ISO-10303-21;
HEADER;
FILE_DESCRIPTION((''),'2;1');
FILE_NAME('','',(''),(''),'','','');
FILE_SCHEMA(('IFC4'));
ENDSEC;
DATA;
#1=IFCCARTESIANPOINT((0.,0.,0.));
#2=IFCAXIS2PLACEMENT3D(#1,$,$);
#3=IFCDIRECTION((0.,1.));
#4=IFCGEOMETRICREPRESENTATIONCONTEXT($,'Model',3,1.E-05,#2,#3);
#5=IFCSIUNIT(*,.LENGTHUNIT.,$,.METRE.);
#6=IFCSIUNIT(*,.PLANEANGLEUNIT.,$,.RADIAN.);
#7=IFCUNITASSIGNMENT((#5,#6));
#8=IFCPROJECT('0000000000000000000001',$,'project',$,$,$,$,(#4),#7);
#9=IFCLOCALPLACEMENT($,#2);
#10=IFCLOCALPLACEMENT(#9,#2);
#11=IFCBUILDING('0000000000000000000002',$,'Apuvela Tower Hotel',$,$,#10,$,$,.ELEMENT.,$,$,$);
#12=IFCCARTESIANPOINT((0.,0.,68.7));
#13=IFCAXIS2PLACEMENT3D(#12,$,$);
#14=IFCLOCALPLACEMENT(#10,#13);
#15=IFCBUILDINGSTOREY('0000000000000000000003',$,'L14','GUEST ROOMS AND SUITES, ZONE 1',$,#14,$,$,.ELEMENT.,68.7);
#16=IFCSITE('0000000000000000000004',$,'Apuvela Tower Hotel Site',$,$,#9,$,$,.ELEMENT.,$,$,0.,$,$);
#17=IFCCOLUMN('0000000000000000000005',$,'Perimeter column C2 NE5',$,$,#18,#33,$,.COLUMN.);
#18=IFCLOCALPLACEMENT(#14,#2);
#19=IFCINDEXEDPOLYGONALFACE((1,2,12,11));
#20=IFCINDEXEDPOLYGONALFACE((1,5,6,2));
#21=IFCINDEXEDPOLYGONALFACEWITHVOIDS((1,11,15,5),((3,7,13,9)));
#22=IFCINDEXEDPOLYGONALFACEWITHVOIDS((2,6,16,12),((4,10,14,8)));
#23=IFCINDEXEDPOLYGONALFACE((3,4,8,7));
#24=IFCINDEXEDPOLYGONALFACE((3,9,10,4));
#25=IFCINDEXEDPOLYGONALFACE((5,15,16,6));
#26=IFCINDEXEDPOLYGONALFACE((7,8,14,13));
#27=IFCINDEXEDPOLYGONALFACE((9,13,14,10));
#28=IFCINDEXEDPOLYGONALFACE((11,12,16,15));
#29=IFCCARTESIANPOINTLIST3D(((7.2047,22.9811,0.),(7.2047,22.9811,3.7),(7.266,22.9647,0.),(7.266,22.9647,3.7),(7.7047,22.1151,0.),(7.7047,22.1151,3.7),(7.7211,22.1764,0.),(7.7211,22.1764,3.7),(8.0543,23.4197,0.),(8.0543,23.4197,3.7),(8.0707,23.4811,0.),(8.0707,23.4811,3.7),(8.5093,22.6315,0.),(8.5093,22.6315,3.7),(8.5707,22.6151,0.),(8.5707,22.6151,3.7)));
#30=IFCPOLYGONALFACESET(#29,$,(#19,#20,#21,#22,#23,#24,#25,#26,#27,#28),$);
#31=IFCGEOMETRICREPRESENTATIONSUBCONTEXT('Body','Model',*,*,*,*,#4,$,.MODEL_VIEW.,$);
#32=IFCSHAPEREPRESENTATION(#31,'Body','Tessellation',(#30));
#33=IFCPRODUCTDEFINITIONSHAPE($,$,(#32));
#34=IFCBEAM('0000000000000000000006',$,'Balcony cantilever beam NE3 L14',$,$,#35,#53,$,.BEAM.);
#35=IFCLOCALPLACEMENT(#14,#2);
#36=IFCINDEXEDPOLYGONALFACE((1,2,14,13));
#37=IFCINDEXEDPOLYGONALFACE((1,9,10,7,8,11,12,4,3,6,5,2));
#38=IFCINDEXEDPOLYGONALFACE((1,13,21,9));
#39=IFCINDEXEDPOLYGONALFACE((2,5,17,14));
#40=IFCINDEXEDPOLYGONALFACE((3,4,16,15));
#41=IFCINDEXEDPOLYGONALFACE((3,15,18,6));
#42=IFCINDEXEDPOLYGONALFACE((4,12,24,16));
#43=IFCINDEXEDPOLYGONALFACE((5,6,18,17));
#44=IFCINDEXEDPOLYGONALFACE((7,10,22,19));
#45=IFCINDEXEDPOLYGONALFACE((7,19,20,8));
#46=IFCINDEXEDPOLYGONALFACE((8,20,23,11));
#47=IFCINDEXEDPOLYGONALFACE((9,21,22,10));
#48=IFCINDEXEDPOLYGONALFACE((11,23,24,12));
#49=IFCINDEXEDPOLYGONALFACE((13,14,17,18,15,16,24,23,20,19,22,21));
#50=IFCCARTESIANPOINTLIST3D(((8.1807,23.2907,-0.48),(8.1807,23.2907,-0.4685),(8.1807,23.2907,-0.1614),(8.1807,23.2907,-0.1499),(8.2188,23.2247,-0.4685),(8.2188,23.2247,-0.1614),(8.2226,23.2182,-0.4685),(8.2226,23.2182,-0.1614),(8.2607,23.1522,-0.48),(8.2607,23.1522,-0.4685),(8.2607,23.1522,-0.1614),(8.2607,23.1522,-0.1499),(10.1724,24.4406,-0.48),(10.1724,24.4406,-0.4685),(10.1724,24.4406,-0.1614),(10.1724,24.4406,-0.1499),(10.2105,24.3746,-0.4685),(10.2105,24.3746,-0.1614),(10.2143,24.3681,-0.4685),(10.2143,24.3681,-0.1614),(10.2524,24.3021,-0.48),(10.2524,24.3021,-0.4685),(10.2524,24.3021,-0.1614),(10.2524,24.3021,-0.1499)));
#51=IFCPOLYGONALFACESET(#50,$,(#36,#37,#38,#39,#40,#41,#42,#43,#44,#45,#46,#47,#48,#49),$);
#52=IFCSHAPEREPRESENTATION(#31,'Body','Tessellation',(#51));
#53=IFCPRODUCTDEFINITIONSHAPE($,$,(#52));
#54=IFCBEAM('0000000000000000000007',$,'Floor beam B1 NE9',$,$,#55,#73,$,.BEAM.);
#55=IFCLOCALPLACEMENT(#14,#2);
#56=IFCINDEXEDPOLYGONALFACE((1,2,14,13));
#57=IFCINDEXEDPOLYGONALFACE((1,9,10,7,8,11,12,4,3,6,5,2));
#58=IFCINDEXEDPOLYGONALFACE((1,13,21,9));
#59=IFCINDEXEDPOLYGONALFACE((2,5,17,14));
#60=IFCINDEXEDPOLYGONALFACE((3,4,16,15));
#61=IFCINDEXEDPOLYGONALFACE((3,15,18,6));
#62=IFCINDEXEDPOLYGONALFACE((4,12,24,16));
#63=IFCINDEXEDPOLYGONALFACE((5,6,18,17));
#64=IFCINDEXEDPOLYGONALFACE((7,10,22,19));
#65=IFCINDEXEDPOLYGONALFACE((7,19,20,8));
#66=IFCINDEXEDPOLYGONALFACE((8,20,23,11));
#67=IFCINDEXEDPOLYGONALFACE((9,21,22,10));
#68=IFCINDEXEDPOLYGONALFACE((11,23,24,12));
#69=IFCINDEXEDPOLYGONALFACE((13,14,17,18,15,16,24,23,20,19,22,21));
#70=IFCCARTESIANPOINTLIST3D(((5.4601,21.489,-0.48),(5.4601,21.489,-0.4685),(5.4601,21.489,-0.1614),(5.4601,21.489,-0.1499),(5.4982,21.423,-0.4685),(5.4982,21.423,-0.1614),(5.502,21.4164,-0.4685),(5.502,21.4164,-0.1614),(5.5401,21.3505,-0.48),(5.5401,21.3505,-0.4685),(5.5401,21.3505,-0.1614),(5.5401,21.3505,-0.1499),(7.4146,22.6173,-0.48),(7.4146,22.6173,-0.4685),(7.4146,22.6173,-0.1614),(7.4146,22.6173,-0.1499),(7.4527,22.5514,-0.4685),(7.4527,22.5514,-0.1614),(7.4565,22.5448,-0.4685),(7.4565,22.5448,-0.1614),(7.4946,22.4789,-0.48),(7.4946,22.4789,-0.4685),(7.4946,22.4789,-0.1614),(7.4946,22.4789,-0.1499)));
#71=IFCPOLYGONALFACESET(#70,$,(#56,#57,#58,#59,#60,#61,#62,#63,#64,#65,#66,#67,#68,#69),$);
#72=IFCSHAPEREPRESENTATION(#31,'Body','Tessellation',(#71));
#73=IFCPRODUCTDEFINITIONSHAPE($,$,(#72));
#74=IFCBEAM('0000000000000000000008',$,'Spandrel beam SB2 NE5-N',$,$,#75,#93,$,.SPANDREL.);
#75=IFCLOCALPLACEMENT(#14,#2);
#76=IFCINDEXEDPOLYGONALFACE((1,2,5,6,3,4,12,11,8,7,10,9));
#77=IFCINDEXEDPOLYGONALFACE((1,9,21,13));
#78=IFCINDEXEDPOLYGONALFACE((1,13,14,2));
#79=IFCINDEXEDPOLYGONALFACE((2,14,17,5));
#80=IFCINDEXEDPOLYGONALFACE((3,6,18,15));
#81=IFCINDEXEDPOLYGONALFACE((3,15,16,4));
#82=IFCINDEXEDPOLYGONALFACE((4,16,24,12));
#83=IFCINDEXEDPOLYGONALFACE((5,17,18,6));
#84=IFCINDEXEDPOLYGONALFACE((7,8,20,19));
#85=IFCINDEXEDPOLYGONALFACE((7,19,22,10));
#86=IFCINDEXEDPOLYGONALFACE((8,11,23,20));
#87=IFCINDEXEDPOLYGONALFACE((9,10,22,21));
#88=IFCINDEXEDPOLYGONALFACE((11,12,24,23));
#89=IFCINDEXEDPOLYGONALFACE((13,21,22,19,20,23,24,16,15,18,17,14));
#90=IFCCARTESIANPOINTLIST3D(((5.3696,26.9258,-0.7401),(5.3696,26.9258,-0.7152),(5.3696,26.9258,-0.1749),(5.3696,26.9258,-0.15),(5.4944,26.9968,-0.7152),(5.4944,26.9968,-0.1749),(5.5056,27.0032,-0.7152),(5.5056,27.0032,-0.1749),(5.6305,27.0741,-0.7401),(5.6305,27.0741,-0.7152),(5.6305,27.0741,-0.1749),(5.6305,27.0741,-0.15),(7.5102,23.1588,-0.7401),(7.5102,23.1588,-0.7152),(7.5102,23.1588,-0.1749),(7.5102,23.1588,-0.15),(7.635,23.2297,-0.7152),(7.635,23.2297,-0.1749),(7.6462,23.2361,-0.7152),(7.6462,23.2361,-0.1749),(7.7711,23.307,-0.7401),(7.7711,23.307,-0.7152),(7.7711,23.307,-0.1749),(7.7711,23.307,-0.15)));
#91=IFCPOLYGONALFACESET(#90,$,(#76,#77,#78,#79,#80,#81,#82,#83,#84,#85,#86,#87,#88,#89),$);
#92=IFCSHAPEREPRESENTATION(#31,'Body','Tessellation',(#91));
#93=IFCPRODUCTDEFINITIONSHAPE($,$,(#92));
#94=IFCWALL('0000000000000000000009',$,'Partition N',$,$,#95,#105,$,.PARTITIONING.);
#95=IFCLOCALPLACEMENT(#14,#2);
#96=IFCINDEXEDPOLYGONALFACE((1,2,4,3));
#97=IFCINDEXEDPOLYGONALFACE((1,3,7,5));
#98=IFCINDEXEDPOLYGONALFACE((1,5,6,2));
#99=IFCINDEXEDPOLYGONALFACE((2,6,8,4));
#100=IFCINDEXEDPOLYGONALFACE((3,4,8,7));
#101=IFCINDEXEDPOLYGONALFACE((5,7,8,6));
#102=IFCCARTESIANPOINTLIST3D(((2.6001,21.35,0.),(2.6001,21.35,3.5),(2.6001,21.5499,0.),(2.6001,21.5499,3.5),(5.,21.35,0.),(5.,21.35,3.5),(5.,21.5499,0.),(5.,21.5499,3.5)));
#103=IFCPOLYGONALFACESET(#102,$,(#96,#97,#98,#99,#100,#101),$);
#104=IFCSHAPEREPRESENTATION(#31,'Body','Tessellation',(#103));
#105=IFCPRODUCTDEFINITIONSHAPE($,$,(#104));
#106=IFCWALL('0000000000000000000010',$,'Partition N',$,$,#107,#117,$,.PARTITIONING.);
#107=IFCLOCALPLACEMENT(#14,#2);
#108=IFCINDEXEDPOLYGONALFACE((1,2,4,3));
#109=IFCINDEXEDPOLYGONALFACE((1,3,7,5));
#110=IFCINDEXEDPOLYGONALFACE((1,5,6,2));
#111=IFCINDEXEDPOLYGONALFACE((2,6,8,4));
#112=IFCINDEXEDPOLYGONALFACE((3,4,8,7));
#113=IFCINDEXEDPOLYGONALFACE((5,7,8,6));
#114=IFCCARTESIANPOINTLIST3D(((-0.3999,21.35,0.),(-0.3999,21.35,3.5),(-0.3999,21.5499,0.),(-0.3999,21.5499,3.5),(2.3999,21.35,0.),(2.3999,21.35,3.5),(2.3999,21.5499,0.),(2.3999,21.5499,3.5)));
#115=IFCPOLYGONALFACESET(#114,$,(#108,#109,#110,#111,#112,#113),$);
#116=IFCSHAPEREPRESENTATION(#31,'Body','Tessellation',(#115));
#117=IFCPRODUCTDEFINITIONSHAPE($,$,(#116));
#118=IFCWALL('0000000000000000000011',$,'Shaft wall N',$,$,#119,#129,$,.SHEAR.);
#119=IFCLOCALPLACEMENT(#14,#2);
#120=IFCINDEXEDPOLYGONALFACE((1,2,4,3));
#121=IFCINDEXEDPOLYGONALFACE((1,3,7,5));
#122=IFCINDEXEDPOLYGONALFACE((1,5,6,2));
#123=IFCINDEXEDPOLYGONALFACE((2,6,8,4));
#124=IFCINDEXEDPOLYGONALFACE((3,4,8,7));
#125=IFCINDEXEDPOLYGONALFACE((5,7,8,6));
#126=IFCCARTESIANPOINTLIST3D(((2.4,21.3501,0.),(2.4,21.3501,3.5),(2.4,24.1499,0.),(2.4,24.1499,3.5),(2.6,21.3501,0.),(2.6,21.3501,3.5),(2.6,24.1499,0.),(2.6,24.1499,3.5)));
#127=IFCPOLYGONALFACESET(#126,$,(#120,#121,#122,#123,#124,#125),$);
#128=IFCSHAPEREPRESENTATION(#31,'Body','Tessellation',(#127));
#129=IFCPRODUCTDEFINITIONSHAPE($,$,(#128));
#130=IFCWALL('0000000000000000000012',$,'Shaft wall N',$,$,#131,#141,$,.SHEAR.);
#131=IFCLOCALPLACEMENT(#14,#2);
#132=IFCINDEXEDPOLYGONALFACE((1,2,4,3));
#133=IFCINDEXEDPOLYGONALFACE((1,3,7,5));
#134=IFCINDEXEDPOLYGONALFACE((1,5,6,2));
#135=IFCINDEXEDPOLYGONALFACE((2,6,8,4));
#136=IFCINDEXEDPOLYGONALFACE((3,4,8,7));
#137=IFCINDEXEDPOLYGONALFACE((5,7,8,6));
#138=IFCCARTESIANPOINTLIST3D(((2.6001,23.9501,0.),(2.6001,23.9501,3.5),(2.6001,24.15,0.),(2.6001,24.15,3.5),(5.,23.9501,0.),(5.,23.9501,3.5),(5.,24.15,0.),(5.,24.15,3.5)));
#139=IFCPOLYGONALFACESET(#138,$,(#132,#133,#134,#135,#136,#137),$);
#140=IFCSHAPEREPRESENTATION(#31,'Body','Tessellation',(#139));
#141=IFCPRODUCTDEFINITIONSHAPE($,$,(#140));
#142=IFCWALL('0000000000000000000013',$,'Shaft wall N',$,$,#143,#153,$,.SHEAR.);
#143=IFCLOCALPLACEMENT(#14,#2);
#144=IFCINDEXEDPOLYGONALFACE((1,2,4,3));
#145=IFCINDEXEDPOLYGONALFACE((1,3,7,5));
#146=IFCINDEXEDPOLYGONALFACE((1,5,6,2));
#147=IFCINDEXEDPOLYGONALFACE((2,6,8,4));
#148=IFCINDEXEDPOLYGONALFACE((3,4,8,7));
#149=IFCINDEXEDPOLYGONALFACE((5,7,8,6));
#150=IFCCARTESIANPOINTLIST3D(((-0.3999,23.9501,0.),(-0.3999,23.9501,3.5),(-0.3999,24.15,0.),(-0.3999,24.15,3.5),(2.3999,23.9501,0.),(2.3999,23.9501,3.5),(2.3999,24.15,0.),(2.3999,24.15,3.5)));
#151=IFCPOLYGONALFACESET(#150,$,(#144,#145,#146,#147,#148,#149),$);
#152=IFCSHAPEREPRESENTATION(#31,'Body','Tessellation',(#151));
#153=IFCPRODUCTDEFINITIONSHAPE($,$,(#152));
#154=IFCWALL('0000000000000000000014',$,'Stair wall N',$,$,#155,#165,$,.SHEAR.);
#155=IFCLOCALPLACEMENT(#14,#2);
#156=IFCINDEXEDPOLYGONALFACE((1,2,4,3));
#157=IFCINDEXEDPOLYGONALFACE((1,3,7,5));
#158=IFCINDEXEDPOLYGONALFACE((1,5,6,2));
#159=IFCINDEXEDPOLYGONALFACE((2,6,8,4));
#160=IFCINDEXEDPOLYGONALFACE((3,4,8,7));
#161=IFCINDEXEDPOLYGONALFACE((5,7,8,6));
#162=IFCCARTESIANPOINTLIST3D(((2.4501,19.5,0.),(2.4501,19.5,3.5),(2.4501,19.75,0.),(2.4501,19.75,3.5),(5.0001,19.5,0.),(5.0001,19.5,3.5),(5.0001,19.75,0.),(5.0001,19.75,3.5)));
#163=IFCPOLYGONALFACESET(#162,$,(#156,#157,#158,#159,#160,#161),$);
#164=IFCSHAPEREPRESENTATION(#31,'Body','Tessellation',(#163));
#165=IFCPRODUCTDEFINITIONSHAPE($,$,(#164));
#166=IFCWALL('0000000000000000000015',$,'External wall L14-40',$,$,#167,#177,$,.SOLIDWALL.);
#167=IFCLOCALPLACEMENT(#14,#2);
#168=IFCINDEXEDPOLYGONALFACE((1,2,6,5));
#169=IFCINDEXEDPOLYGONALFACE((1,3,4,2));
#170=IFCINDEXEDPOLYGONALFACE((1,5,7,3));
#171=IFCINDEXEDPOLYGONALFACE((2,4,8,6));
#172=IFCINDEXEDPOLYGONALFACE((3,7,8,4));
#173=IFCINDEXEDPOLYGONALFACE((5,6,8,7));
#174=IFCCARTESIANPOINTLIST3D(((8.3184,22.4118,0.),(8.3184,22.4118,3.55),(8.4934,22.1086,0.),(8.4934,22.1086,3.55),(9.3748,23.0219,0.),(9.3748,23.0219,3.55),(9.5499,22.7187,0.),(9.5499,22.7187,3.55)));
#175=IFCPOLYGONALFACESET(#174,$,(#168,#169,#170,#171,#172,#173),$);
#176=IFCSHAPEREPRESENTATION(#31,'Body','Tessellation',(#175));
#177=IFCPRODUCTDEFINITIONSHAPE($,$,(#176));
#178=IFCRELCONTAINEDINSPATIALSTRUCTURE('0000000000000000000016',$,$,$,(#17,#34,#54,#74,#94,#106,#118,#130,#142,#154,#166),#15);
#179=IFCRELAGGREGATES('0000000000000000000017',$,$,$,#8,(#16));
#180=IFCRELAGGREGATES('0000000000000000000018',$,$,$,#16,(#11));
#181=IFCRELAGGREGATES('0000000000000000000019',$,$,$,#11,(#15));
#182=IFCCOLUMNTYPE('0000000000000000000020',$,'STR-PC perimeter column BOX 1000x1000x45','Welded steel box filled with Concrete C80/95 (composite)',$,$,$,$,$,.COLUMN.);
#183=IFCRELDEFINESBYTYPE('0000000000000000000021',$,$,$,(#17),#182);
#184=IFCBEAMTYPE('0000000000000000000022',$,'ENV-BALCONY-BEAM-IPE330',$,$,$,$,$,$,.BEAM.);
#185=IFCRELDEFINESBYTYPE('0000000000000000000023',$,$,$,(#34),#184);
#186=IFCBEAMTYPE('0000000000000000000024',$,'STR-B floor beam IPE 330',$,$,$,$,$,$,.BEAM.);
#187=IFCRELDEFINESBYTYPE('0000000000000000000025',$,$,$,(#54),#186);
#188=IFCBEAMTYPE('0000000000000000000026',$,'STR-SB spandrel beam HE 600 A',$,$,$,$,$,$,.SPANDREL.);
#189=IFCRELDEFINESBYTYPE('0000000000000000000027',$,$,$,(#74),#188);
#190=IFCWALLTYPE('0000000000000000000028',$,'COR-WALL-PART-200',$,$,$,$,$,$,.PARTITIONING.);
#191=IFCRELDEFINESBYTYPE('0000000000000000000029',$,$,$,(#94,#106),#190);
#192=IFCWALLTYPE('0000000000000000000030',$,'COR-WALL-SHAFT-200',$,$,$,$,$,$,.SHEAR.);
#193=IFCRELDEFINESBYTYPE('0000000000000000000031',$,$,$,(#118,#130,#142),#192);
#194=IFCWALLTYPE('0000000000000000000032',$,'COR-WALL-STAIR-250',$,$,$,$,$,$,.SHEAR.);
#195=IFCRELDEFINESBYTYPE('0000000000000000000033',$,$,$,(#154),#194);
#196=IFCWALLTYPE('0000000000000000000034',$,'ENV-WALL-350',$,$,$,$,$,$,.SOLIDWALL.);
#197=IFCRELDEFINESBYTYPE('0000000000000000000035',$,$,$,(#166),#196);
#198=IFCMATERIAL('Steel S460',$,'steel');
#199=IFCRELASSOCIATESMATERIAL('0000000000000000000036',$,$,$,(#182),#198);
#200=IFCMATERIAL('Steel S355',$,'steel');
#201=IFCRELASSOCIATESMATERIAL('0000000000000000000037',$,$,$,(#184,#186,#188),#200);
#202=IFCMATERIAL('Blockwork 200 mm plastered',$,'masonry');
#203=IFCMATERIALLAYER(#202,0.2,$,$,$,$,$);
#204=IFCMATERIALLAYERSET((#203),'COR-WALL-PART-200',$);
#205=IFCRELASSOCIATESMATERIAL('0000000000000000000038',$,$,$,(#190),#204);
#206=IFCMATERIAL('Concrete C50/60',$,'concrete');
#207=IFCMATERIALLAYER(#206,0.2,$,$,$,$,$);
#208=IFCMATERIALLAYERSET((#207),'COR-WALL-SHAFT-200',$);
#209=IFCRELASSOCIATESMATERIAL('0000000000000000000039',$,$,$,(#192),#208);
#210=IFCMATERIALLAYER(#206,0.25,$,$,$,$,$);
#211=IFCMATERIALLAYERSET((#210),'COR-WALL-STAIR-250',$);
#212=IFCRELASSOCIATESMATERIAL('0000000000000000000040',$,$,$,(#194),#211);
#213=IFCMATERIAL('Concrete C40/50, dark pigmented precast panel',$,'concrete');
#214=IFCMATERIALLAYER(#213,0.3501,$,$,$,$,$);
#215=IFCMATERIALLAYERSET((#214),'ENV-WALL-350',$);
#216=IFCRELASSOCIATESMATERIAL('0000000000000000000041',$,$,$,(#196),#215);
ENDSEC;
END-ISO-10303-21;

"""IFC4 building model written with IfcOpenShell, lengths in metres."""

from ifc_helpers import new_model, si_unit, direction, frame, frame_2d, origin, origin_2d, place, context, subcontext, project, spatial, rectangle, hollow_rectangle, i_section, extrude, material, layer, layer_set, material_profile, profile_set, type_object, element, save


model = new_model("IFC4")

# Units and contexts
model_context = context("Model", 3, precision=1e-05, world=origin(), true_north=direction((0.0, 1.0)))
body_context = subcontext(model_context, "Body", "Model", "MODEL_VIEW")
ifc_project = project(units=[si_unit("LENGTHUNIT", "METRE"), si_unit("PLANEANGLEUNIT", "RADIAN")], contexts=[model_context])

# Site, building, storey
site_placement = place(None, origin())
site = spatial("IfcSite", under=ifc_project, at=site_placement, Name="Apuvela Tower Hotel Site", CompositionType="ELEMENT", RefElevation=0.0)
building_placement = place(site_placement, origin())
building = spatial("IfcBuilding", under=site, at=building_placement, Name="Apuvela Tower Hotel", CompositionType="ELEMENT")
storey_placement = place(building_placement, frame((0.0, 0.0, 68.7)))
storey = spatial("IfcBuildingStorey", under=building, at=storey_placement, Name="L14", Description="GUEST ROOMS AND SUITES, ZONE 1", CompositionType="ELEMENT", Elevation=68.7)

# Column
ifc_material_1 = material(Name="Steel S460", Category="steel")
ifc_material_profile_1 = material_profile(ifc_material_1, hollow_rectangle(XDim=1.0, YDim=1.0, WallThickness=0.0449, at=origin_2d()), Name="BOX 1000x1000x45")
ifc_material_2 = material(Name="Concrete C80/95", Category="concrete")
ifc_material_profile_2 = material_profile(ifc_material_2, rectangle(XDim=0.9099, YDim=0.9099, at=origin_2d()), Name="Concrete C80/95 infill")
ifc_profile_set_1 = profile_set([ifc_material_profile_1, ifc_material_profile_2], Name="Steel S460")
column_type = type_object("IfcColumnType", Name="STR-PC perimeter column BOX 1000x1000x45", Description="Welded steel box filled with Concrete C80/95 (composite)", PredefinedType="COLUMN", material=ifc_profile_set_1)
column_placement = place(storey_placement, frame((7.8877, 22.7981, 0.0), z_axis=(0.0, 0.0, 1.0), x_axis=(-0.5, 0.866025, 0.0)))
element("IfcColumn", 1, at=column_placement, inside=storey, type_object=column_type, Name="Perimeter column C2 NE5", PredefinedType="COLUMN", context=body_context, shape_type="SweptSolid", body=[
    extrude(hollow_rectangle(XDim=1.0, YDim=1.0, WallThickness=0.0449, at=origin_2d()), origin(), (0.0, 0.0, 1.0), 3.7),
])

# Beams
ifc_material_3 = material(Name="Steel S355", Category="steel")
ifc_material_profile_3 = material_profile(ifc_material_3, i_section(OverallWidth=0.1599, OverallDepth=0.3301, WebThickness=0.0076, FlangeThickness=0.0115, at=origin_2d()), Name="IPE 330")
ifc_profile_set_2 = profile_set([ifc_material_profile_3], Name="Steel S355")
beam_type_1 = type_object("IfcBeamType", Name="ENV-BALCONY-BEAM-IPE330", PredefinedType="BEAM", material=ifc_profile_set_2)
beam_1_placement = place(storey_placement, frame((8.2207, 23.2214, -0.3149), z_axis=(0.866026, 0.499998, 0.0), x_axis=(-0.499998, 0.866026, 0.0)))
element("IfcBeam", 2, at=beam_1_placement, inside=storey, type_object=beam_type_1, Name="Balcony cantilever beam NE3 L14", PredefinedType="BEAM", context=body_context, shape_type="SweptSolid", body=[
    extrude(i_section(OverallWidth=0.1599, OverallDepth=0.3301, WebThickness=0.0076, FlangeThickness=0.0115, at=origin_2d()), origin(), (0.0, 0.0, 1.0), 2.2998),
])
ifc_material_profile_4 = material_profile(ifc_material_3, i_section(OverallWidth=0.1599, OverallDepth=0.3301, WebThickness=0.0076, FlangeThickness=0.0115, at=origin_2d()), Name="IPE 330")
ifc_profile_set_3 = profile_set([ifc_material_profile_4], Name="Steel S355")
beam_type_2 = type_object("IfcBeamType", Name="STR-B floor beam IPE 330", PredefinedType="BEAM", material=ifc_profile_set_3)
beam_2_placement = place(storey_placement, frame((7.4546, 22.5481, -0.3149), z_axis=(-0.866038, -0.499978, 0.0), x_axis=(0.499978, -0.866038, 0.0)))
element("IfcBeam", 3, at=beam_2_placement, inside=storey, type_object=beam_type_2, Name="Floor beam B1 NE9", PredefinedType="BEAM", context=body_context, shape_type="SweptSolid", body=[
    extrude(i_section(OverallWidth=0.1599, OverallDepth=0.3301, WebThickness=0.0076, FlangeThickness=0.0115, at=origin_2d()), origin(), (0.0, 0.0, 1.0), 2.2568),
])
ifc_material_profile_5 = material_profile(ifc_material_3, i_section(OverallWidth=0.3, OverallDepth=0.5901, WebThickness=0.0129, FlangeThickness=0.0249, at=origin_2d()), Name="HE 600 A")
ifc_profile_set_4 = profile_set([ifc_material_profile_5], Name="Steel S355")
beam_type_3 = type_object("IfcBeamType", Name="STR-SB spandrel beam HE 600 A", PredefinedType="SPANDREL", material=ifc_profile_set_4)
beam_3_placement = place(storey_placement, frame((7.6406, 23.2329, -0.4451), z_axis=(-0.49405, 0.869433, 0.0), x_axis=(-0.869433, -0.49405, 0.0)))
element("IfcBeam", 4, at=beam_3_placement, inside=storey, type_object=beam_type_3, Name="Spandrel beam SB2 NE5-N", PredefinedType="SPANDREL", context=body_context, shape_type="SweptSolid", body=[
    extrude(i_section(OverallWidth=0.3, OverallDepth=0.5901, WebThickness=0.0129, FlangeThickness=0.0249, at=origin_2d()), origin(), (0.0, 0.0, 1.0), 4.3328),
])

# Walls
ifc_material_4 = material(Name="Blockwork 200 mm plastered", Category="masonry")
ifc_layer_1 = layer(ifc_material_4, 0.2)
ifc_layer_set_1 = layer_set([ifc_layer_1], Name="COR-WALL-PART-200")
wall_type_1 = type_object("IfcWallType", Name="COR-WALL-PART-200", PredefinedType="PARTITIONING", material=ifc_layer_set_1)
wall_1_placement = place(storey_placement, frame((5.0, 21.45, 0.0), z_axis=(0.0, 0.0, 1.0), x_axis=(-1.0, 0.0, 0.0)))
element("IfcWall", 5, at=wall_1_placement, inside=storey, type_object=wall_type_1, Name="Partition N", PredefinedType="PARTITIONING", context=body_context, shape_type="SweptSolid", body=[
    extrude(rectangle(XDim=2.3999, YDim=0.2, at=frame_2d((1.2, 0.0))), origin(), (0.0, 0.0, 1.0), 3.5),
])
wall_2_placement = place(storey_placement, frame((2.3999, 21.45, 0.0), z_axis=(0.0, 0.0, 1.0), x_axis=(-1.0, 0.0, 0.0)))
element("IfcWall", 6, at=wall_2_placement, inside=storey, type_object=wall_type_1, Name="Partition N", PredefinedType="PARTITIONING", context=body_context, shape_type="SweptSolid", body=[
    extrude(rectangle(XDim=2.7998, YDim=0.2, at=frame_2d((1.3999, 0.0))), origin(), (0.0, 0.0, 1.0), 3.5),
])
ifc_material_5 = material(Name="Concrete C50/60", Category="concrete")
ifc_layer_2 = layer(ifc_material_5, 0.2)
ifc_layer_set_2 = layer_set([ifc_layer_2], Name="COR-WALL-SHAFT-200")
wall_type_2 = type_object("IfcWallType", Name="COR-WALL-SHAFT-200", PredefinedType="SHEAR", material=ifc_layer_set_2)
wall_3_placement = place(storey_placement, frame((2.5, 21.3501, 0.0), z_axis=(0.0, 0.0, 1.0), x_axis=(0.0, 1.0, 0.0)))
element("IfcWall", 7, at=wall_3_placement, inside=storey, type_object=wall_type_2, Name="Shaft wall N", PredefinedType="SHEAR", context=body_context, shape_type="SweptSolid", body=[
    extrude(rectangle(XDim=2.7998, YDim=0.2, at=frame_2d((1.3999, 0.0))), origin(), (0.0, 0.0, 1.0), 3.5),
])
wall_4_placement = place(storey_placement, frame((5.0, 24.05, 0.0), z_axis=(0.0, 0.0, 1.0), x_axis=(-1.0, 0.0, 0.0)))
element("IfcWall", 8, at=wall_4_placement, inside=storey, type_object=wall_type_2, Name="Shaft wall N", PredefinedType="SHEAR", context=body_context, shape_type="SweptSolid", body=[
    extrude(rectangle(XDim=2.3999, YDim=0.2, at=frame_2d((1.2, 0.0))), origin(), (0.0, 0.0, 1.0), 3.5),
])
wall_5_placement = place(storey_placement, frame((2.3999, 24.05, 0.0), z_axis=(0.0, 0.0, 1.0), x_axis=(-1.0, 0.0, 0.0)))
element("IfcWall", 9, at=wall_5_placement, inside=storey, type_object=wall_type_2, Name="Shaft wall N", PredefinedType="SHEAR", context=body_context, shape_type="SweptSolid", body=[
    extrude(rectangle(XDim=2.7998, YDim=0.2, at=frame_2d((1.3999, 0.0))), origin(), (0.0, 0.0, 1.0), 3.5),
])
ifc_layer_3 = layer(ifc_material_5, 0.25)
ifc_layer_set_3 = layer_set([ifc_layer_3], Name="COR-WALL-STAIR-250")
wall_type_3 = type_object("IfcWallType", Name="COR-WALL-STAIR-250", PredefinedType="SHEAR", material=ifc_layer_set_3)
wall_6_placement = place(storey_placement, frame((5.0, 19.625, 0.0), z_axis=(0.0, 0.0, 1.0), x_axis=(-1.0, 0.0, 0.0)))
element("IfcWall", 10, at=wall_6_placement, inside=storey, type_object=wall_type_3, Name="Stair wall N", PredefinedType="SHEAR", context=body_context, shape_type="SweptSolid", body=[
    extrude(rectangle(XDim=2.55, YDim=0.25, at=frame_2d((1.2749, 0.0))), origin(), (0.0, 0.0, 1.0), 3.5),
])
ifc_material_6 = material(Name="Concrete C40/50, dark pigmented precast panel", Category="concrete")
ifc_layer_4 = layer(ifc_material_6, 0.3501)
ifc_layer_set_4 = layer_set([ifc_layer_4], Name="ENV-WALL-350")
wall_type_4 = type_object("IfcWallType", Name="ENV-WALL-350", PredefinedType="SOLIDWALL", material=ifc_layer_set_4)
wall_7_placement = place(storey_placement, frame((8.406, 22.2603, 0.0), z_axis=(0.0, 0.0, 1.0), x_axis=(0.865956, 0.500121, 0.0)))
element("IfcWall", 11, at=wall_7_placement, inside=storey, type_object=wall_type_4, Name="External wall L14-40", PredefinedType="SOLIDWALL", context=body_context, shape_type="SweptSolid", body=[
    extrude(rectangle(XDim=1.22, YDim=0.3501, at=frame_2d((0.6099, 0.0))), origin(), (0.0, 0.0, 1.0), 3.55),
])

save(model, "model.ifc")
